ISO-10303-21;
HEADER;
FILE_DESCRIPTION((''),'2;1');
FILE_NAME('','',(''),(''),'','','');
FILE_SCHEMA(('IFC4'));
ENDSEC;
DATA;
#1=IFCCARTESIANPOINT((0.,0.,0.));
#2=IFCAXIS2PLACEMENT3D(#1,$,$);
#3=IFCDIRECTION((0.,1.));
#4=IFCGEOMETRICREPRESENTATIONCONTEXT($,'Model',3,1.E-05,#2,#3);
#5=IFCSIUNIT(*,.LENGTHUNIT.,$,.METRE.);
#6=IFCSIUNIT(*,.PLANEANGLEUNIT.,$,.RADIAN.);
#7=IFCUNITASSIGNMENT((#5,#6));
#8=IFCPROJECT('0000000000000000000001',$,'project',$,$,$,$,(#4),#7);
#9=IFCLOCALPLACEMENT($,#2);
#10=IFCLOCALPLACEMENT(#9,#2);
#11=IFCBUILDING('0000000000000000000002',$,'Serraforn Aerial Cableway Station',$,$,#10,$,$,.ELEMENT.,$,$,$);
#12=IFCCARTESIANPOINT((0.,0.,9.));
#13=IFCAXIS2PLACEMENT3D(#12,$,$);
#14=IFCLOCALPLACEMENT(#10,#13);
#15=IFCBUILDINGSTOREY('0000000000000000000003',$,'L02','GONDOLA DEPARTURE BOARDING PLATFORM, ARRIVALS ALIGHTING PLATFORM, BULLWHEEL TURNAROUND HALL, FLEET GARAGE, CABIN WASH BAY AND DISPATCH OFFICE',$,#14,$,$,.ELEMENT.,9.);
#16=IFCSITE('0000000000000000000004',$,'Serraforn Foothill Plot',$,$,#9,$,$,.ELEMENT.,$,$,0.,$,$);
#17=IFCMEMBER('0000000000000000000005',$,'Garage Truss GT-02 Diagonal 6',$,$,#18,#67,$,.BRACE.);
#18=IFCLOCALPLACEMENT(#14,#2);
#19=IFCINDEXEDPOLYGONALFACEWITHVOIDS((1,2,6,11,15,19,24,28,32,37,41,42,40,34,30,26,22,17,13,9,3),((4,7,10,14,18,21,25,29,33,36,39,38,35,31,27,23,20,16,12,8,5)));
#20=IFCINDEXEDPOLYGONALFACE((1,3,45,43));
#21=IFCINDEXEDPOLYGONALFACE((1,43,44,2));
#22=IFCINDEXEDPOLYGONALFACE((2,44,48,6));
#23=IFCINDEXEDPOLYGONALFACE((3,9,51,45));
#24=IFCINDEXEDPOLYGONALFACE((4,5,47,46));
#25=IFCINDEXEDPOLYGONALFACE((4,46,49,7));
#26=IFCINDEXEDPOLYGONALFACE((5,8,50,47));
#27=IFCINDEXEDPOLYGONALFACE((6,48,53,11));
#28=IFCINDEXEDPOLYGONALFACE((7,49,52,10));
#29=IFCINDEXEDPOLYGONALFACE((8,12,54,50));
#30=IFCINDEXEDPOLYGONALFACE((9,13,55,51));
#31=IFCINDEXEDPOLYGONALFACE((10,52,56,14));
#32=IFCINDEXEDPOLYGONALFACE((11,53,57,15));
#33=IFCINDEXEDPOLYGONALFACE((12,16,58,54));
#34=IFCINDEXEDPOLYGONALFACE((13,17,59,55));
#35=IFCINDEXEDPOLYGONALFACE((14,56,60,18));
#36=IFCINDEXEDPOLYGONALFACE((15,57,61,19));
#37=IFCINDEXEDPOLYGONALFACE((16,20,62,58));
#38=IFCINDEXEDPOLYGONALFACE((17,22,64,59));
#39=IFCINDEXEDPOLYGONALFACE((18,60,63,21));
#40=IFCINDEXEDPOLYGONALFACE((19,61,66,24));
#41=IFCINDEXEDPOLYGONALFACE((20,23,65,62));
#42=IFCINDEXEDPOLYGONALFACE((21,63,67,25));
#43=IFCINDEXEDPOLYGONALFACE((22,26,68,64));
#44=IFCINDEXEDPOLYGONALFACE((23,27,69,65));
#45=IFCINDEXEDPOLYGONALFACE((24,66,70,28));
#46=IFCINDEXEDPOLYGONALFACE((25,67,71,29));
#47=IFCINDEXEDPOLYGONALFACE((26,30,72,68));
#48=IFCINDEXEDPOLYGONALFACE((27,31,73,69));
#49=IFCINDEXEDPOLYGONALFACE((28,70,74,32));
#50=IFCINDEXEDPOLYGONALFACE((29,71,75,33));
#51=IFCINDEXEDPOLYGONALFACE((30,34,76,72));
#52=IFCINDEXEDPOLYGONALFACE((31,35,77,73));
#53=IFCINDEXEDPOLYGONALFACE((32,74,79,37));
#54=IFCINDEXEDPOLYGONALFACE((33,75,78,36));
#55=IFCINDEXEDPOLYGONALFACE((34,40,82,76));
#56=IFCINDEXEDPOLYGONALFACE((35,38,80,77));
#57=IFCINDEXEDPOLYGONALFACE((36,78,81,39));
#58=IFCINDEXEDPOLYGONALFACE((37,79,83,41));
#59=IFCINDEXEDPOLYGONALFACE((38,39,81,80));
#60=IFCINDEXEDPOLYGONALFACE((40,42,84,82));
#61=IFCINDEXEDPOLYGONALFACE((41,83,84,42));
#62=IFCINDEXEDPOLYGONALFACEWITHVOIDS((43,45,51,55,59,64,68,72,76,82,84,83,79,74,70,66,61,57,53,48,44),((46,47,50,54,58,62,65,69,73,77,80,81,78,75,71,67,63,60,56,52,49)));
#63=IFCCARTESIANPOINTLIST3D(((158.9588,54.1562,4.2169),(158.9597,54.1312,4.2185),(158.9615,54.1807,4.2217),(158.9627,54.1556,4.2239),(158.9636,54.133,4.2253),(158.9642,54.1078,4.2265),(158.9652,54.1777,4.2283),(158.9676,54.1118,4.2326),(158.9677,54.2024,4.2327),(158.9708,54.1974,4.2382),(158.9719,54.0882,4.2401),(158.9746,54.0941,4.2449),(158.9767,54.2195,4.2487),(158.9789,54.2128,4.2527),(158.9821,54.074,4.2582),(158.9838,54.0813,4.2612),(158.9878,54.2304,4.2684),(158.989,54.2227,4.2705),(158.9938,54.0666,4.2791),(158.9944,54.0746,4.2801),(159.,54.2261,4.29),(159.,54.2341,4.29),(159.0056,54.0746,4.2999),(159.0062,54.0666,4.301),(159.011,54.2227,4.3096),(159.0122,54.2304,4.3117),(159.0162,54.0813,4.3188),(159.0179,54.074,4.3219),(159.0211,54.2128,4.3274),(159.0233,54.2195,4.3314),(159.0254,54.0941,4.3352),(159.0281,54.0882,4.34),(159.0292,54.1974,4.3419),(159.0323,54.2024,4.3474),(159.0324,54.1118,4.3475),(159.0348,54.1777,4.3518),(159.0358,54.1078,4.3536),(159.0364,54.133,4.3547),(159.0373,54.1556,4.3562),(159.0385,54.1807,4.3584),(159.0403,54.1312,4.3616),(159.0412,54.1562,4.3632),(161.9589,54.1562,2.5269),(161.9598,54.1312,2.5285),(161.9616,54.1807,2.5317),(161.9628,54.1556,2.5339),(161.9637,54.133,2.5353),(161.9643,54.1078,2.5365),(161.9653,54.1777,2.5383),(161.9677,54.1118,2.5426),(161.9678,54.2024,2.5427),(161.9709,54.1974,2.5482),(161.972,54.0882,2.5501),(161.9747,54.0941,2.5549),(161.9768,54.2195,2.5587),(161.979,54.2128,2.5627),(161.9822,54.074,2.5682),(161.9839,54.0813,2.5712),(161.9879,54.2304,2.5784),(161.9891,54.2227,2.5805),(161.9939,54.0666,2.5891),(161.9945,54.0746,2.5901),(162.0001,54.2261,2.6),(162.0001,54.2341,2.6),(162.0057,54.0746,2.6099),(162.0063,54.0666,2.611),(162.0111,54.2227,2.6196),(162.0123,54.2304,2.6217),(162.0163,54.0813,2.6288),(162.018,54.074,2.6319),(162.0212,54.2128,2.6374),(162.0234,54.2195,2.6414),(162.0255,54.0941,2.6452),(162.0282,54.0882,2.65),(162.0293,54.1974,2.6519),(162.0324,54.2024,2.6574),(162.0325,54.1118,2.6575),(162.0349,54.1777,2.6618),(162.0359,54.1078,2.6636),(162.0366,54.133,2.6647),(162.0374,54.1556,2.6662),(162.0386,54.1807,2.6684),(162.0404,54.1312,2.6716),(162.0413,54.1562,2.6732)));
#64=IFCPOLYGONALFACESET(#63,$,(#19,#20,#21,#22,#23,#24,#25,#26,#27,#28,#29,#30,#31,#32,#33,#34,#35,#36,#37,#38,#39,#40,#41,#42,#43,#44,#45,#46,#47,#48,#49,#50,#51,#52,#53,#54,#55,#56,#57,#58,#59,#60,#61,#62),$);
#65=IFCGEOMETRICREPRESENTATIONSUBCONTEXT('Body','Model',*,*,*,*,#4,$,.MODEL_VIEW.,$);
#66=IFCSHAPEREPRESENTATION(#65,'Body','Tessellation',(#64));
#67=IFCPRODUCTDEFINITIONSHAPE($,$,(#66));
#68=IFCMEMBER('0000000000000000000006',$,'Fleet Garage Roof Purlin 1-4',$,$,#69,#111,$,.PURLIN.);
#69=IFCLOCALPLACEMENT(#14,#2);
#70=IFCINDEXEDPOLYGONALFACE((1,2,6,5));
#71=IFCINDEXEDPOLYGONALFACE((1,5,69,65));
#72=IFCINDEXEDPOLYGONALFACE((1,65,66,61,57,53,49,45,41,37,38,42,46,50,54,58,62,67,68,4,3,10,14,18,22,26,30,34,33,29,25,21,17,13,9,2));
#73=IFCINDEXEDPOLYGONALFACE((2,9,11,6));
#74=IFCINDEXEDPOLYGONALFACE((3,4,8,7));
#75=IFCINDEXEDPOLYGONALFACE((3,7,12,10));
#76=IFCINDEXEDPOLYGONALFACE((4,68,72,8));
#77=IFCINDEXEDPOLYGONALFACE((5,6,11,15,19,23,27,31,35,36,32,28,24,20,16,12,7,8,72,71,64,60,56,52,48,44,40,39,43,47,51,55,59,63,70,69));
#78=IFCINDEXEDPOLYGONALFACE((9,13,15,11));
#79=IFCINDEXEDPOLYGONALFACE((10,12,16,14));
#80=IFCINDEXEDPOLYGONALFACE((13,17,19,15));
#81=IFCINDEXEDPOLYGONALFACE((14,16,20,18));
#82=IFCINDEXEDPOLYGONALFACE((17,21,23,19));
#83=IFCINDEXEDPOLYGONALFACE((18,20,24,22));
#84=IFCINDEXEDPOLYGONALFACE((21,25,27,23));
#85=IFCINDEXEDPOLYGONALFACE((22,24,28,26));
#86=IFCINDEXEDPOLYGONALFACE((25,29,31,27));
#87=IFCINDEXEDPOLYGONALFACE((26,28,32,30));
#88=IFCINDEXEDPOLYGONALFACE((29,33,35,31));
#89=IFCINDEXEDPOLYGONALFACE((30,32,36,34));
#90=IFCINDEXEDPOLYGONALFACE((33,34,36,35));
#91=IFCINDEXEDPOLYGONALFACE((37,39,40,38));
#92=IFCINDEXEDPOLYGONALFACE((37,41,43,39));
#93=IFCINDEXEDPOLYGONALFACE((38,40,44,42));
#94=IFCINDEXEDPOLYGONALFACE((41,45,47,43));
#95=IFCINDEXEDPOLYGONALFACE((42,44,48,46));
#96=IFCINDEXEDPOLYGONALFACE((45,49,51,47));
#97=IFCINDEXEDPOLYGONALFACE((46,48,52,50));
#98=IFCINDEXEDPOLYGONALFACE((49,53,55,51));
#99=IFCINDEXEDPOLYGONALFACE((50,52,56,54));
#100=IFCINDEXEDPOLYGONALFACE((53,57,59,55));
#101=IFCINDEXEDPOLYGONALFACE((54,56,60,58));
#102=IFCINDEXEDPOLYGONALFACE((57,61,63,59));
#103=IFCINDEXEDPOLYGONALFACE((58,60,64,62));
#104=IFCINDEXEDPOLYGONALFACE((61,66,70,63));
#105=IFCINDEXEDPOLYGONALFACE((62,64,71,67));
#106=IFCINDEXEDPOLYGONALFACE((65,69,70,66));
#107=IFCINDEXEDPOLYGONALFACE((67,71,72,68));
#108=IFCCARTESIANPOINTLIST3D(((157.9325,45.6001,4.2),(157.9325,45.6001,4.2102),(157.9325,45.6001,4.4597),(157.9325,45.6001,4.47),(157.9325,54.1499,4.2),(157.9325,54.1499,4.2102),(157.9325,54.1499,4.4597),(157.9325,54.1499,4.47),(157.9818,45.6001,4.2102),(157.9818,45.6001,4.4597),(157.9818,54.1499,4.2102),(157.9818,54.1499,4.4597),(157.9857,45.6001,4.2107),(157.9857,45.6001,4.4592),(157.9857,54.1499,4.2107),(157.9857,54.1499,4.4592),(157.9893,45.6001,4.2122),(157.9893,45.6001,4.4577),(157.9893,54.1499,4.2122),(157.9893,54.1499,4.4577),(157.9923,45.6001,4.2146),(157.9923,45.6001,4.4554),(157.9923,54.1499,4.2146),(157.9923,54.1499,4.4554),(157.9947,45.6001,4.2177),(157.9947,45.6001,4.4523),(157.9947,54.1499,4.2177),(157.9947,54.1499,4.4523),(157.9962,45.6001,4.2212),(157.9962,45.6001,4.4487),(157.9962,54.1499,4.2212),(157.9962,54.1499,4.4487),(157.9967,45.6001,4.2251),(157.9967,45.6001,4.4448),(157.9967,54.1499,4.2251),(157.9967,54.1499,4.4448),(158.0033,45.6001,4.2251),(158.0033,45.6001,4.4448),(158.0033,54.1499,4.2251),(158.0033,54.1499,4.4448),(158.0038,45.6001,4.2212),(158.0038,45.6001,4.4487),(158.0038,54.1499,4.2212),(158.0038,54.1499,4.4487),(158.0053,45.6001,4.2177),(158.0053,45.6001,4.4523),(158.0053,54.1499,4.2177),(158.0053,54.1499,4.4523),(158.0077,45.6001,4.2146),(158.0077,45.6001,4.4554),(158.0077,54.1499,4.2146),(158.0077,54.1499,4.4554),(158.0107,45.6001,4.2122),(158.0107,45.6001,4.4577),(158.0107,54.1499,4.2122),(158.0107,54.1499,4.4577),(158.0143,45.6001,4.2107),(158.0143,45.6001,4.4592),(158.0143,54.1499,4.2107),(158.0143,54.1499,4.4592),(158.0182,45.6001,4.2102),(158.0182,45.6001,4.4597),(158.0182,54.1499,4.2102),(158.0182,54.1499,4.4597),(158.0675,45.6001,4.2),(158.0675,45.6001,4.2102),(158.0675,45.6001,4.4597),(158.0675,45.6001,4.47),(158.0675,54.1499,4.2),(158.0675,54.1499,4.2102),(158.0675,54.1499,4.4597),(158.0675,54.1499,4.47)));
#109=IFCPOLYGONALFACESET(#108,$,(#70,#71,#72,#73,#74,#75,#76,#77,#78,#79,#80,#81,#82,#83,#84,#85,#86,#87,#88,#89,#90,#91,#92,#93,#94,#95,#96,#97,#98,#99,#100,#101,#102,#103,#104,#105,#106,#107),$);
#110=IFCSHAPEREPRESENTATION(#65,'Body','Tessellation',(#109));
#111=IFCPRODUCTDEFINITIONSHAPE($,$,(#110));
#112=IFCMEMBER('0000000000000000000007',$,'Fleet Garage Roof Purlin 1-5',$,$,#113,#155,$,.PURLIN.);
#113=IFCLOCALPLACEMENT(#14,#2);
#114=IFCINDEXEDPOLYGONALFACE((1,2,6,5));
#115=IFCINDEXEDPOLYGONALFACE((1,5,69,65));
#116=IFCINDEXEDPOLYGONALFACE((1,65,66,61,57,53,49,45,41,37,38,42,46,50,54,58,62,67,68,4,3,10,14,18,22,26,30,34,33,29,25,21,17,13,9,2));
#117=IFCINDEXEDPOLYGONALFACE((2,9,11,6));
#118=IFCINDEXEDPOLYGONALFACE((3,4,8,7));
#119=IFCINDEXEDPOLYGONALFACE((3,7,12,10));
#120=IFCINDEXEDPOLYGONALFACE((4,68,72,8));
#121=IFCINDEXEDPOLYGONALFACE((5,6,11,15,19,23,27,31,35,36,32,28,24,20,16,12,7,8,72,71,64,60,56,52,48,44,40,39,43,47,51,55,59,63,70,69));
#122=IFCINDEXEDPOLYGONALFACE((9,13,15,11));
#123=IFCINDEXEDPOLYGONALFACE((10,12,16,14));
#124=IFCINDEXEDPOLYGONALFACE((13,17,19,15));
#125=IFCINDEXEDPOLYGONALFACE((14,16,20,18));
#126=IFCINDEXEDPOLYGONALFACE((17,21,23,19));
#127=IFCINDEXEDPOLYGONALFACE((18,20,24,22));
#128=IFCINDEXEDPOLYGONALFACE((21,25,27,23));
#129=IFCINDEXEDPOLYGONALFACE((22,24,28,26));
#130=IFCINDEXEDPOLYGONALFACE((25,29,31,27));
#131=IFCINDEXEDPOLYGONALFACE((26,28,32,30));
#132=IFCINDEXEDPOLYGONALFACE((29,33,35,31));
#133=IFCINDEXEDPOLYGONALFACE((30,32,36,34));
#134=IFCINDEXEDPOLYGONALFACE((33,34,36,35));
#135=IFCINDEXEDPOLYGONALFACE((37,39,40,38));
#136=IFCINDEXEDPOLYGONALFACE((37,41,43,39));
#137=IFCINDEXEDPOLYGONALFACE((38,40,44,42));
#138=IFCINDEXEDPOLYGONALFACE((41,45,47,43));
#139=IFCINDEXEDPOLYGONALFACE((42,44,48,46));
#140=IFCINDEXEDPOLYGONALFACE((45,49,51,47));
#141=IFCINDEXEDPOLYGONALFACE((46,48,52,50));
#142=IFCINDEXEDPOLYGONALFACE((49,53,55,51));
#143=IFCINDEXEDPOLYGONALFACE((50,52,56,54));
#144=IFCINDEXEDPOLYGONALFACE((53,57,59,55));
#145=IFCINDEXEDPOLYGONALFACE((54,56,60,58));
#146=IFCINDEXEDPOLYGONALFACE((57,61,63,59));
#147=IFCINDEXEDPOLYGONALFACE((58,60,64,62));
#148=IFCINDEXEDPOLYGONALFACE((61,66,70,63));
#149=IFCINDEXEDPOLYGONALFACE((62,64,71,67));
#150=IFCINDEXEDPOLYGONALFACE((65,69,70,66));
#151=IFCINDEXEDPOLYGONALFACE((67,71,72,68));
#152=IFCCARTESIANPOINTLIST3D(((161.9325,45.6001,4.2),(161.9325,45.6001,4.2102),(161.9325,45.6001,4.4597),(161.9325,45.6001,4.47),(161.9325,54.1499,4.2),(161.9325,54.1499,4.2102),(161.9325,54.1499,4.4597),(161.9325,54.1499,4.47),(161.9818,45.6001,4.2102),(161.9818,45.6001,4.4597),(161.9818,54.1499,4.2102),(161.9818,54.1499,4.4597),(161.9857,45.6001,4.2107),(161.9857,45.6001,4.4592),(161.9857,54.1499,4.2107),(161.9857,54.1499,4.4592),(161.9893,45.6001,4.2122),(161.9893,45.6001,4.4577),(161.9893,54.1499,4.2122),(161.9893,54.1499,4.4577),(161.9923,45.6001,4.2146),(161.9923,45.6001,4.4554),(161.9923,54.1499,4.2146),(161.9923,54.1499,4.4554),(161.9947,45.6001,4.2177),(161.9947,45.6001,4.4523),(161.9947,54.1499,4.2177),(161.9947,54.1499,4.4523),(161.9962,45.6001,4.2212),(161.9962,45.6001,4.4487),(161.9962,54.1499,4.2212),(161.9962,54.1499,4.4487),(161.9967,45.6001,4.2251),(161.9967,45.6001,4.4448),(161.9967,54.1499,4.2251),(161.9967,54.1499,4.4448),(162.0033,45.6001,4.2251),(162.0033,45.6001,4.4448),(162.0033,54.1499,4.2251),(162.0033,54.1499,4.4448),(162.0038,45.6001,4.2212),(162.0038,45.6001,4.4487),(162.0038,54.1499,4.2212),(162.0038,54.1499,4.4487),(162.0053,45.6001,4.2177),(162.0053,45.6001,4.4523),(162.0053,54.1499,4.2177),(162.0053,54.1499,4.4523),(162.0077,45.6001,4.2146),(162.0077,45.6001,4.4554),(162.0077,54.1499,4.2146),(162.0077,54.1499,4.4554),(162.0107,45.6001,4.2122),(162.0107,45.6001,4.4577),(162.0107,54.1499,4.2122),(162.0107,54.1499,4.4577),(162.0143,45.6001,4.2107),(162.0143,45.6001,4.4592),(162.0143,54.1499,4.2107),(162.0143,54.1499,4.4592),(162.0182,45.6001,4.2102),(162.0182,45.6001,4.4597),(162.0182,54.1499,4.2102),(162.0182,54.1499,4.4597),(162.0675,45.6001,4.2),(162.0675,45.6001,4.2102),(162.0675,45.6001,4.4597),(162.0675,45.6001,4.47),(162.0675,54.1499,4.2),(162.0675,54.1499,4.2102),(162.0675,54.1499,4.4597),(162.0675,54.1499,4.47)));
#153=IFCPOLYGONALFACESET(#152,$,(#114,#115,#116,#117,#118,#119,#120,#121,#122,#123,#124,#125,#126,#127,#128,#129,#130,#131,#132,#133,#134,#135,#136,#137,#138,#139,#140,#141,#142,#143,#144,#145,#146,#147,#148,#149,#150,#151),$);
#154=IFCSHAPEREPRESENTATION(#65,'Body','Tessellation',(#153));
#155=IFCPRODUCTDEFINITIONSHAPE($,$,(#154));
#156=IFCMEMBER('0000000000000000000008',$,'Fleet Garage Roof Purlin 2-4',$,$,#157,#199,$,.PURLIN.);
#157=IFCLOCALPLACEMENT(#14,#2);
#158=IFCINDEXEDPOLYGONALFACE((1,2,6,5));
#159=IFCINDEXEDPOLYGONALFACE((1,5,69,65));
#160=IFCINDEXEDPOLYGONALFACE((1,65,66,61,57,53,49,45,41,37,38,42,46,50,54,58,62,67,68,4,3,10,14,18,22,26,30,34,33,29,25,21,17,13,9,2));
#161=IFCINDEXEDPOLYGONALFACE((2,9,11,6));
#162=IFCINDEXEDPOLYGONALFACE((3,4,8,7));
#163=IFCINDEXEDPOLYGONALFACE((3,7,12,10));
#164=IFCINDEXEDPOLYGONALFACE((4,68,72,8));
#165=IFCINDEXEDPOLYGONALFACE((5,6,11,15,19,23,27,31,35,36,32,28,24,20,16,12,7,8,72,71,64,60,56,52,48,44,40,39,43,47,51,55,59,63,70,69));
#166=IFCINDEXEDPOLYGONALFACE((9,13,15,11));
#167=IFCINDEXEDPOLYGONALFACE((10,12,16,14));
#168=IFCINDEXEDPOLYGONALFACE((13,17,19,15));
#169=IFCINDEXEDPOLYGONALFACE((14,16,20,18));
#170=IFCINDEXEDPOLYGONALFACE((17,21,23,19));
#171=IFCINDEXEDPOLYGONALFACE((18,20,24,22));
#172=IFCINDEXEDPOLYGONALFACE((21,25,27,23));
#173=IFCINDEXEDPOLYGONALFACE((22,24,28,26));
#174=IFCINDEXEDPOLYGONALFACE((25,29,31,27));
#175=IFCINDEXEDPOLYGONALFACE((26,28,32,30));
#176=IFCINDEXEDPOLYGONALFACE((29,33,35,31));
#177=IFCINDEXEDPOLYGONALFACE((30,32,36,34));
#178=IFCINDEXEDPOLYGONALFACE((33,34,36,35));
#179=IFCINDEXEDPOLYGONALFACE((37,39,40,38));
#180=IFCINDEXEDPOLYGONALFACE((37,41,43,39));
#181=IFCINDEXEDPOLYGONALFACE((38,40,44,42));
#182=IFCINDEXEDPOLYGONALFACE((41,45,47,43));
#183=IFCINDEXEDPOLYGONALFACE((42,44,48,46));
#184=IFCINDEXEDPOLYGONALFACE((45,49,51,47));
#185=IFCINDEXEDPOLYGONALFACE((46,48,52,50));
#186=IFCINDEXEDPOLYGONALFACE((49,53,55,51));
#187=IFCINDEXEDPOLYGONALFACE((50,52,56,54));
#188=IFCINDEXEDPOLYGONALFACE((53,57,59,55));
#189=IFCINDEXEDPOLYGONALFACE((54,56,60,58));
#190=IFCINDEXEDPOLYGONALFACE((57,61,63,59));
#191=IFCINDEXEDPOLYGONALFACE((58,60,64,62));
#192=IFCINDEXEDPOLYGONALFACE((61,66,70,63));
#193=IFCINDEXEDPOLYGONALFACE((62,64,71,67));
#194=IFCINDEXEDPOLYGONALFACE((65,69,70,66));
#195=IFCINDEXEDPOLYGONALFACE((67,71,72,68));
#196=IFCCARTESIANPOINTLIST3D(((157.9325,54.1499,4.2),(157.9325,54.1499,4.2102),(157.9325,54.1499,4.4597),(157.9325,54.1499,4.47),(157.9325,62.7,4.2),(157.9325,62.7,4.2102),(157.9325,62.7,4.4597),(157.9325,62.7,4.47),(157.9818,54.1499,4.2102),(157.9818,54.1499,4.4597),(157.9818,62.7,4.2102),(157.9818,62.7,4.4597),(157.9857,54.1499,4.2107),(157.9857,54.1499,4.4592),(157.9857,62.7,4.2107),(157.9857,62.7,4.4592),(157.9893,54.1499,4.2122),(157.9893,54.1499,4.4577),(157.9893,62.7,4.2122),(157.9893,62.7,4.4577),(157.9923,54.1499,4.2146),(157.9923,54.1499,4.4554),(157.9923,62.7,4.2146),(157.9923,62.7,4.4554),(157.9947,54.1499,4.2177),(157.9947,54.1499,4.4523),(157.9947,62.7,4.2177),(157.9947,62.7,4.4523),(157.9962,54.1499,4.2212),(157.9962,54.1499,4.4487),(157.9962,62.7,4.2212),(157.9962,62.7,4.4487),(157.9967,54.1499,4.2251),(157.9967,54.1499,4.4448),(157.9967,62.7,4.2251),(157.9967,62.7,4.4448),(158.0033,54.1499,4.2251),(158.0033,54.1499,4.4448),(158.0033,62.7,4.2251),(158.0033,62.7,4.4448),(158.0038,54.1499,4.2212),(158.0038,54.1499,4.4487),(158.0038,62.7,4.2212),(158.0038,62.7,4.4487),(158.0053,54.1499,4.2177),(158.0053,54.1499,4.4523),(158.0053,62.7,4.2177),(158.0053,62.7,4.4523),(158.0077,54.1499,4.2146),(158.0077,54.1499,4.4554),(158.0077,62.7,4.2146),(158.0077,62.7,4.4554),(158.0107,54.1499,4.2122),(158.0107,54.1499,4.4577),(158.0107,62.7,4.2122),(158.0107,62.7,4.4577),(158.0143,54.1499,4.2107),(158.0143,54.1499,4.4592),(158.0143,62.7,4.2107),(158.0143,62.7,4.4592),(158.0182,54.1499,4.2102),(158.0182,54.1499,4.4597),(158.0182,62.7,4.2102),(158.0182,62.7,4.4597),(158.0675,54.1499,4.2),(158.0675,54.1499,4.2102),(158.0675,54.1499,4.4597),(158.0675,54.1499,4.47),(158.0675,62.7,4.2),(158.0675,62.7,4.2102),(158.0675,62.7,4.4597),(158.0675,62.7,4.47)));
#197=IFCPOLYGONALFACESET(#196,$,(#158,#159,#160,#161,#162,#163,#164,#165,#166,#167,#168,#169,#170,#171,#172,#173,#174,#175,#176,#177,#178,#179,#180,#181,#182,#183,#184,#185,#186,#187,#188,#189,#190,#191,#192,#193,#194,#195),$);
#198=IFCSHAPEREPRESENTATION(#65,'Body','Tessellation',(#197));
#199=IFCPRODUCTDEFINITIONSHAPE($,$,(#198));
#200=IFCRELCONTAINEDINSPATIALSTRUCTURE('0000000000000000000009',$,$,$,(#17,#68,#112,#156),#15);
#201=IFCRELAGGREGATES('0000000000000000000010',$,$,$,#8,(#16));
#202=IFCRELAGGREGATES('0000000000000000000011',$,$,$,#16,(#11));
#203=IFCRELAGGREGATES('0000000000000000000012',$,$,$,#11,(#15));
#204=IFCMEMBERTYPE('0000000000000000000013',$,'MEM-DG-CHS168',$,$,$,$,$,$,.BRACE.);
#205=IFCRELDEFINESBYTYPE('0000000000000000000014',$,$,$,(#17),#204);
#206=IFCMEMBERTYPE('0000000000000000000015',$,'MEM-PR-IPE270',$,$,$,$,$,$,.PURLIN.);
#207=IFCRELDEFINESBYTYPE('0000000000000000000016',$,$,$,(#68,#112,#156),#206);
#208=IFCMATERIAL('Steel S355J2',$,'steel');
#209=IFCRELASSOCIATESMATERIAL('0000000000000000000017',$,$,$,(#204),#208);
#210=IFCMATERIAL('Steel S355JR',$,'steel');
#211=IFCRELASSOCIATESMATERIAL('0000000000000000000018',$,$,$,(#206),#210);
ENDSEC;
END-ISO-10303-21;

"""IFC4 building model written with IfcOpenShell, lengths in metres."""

from ifc_helpers import new_model, si_unit, direction, frame, origin, origin_2d, place, context, subcontext, project, spatial, hollow_circle, i_section, extrude, material, material_profile, profile_set, type_object, element, save


model = new_model("IFC4")

# Units and contexts
model_context = context("Model", 3, precision=1e-05, world=origin(), true_north=direction((0.0, 1.0)))
body_context = subcontext(model_context, "Body", "Model", "MODEL_VIEW")
ifc_project = project(units=[si_unit("LENGTHUNIT", "METRE"), si_unit("PLANEANGLEUNIT", "RADIAN")], contexts=[model_context])

# Site, building, storey
site_placement = place(None, origin())
site = spatial("IfcSite", under=ifc_project, at=site_placement, Name="Serraforn Foothill Plot", CompositionType="ELEMENT", RefElevation=0.0)
building_placement = place(site_placement, origin())
building = spatial("IfcBuilding", under=site, at=building_placement, Name="Serraforn Aerial Cableway Station", CompositionType="ELEMENT")
storey_placement = place(building_placement, frame((0.0, 0.0, 9.0)))
storey = spatial("IfcBuildingStorey", under=building, at=storey_placement, Name="L02", Description="GONDOLA DEPARTURE BOARDING PLATFORM, ARRIVALS ALIGHTING PLATFORM, BULLWHEEL TURNAROUND HALL, FLEET GARAGE, CABIN WASH BAY AND DISPATCH OFFICE", CompositionType="ELEMENT", Elevation=9.0)

# Members
ifc_material_1 = material(Name="Steel S355J2", Category="steel")
ifc_material_profile_1 = material_profile(ifc_material_1, hollow_circle(Radius=0.0842, WallThickness=0.0081, at=origin_2d()), Name="CHS 168.3x8.0")
ifc_profile_set_1 = profile_set([ifc_material_profile_1], Name="Steel S355J2")
member_type_1 = type_object("IfcMemberType", Name="MEM-DG-CHS168", PredefinedType="BRACE", material=ifc_profile_set_1)
for number, where, z_axis, x_axis, name in (
    (1, (159.0, 54.1499, 4.29), (0.871272, 0.0, -0.4908), (0.0, 1.0, 0.0), "Garage Truss GT-02 Diagonal 6"),
):
    element("IfcMember", number, at=place(storey_placement, frame(where, z_axis=z_axis, x_axis=x_axis)), inside=storey, type_object=member_type_1, Name=name, PredefinedType="BRACE", context=body_context, shape_type="SweptSolid", body=[
        extrude(hollow_circle(Radius=0.0842, WallThickness=0.0081, at=origin_2d()), origin(), (0.0, 0.0, 1.0), 3.4434),
    ])
ifc_material_2 = material(Name="Steel S355JR", Category="steel")
ifc_material_profile_2 = material_profile(ifc_material_2, i_section(OverallWidth=0.135, OverallDepth=0.27, WebThickness=0.0066, FlangeThickness=0.0103, FilletRadius=0.0149, at=origin_2d()), Name="IPE 270")
ifc_profile_set_2 = profile_set([ifc_material_profile_2], Name="Steel S355JR")
member_type_2 = type_object("IfcMemberType", Name="MEM-PR-IPE270", PredefinedType="PURLIN", material=ifc_profile_set_2)
for number, where, z_axis, x_axis, name in (
    (2, (158.0, 45.6001, 4.335), (0.0, 1.0, 0.0), (-1.0, 0.0, 0.0), "Fleet Garage Roof Purlin 1-4"),
    (3, (162.0, 45.6001, 4.335), (0.0, 1.0, 0.0), (-1.0, 0.0, 0.0), "Fleet Garage Roof Purlin 1-5"),
):
    element("IfcMember", number, at=place(storey_placement, frame(where, z_axis=z_axis, x_axis=x_axis)), inside=storey, type_object=member_type_2, Name=name, PredefinedType="PURLIN", context=body_context, shape_type="SweptSolid", body=[
        extrude(i_section(OverallWidth=0.135, OverallDepth=0.27, WebThickness=0.0066, FlangeThickness=0.0103, FilletRadius=0.0149, at=origin_2d()), origin(), (0.0, 0.0, 1.0), 8.5498),
    ])
member_1_placement = place(storey_placement, frame((158.0, 54.1499, 4.335), z_axis=(0.0, 1.0, 0.0), x_axis=(-1.0, 0.0, 0.0)))
element("IfcMember", 4, at=member_1_placement, inside=storey, type_object=member_type_2, Name="Fleet Garage Roof Purlin 2-4", PredefinedType="PURLIN", context=body_context, shape_type="SweptSolid", body=[
    extrude(i_section(OverallWidth=0.135, OverallDepth=0.27, WebThickness=0.0066, FlangeThickness=0.0103, FilletRadius=0.0149, at=origin_2d()), origin(), (0.0, 0.0, 1.0), 8.55),
])

save(model, "model.ifc")
